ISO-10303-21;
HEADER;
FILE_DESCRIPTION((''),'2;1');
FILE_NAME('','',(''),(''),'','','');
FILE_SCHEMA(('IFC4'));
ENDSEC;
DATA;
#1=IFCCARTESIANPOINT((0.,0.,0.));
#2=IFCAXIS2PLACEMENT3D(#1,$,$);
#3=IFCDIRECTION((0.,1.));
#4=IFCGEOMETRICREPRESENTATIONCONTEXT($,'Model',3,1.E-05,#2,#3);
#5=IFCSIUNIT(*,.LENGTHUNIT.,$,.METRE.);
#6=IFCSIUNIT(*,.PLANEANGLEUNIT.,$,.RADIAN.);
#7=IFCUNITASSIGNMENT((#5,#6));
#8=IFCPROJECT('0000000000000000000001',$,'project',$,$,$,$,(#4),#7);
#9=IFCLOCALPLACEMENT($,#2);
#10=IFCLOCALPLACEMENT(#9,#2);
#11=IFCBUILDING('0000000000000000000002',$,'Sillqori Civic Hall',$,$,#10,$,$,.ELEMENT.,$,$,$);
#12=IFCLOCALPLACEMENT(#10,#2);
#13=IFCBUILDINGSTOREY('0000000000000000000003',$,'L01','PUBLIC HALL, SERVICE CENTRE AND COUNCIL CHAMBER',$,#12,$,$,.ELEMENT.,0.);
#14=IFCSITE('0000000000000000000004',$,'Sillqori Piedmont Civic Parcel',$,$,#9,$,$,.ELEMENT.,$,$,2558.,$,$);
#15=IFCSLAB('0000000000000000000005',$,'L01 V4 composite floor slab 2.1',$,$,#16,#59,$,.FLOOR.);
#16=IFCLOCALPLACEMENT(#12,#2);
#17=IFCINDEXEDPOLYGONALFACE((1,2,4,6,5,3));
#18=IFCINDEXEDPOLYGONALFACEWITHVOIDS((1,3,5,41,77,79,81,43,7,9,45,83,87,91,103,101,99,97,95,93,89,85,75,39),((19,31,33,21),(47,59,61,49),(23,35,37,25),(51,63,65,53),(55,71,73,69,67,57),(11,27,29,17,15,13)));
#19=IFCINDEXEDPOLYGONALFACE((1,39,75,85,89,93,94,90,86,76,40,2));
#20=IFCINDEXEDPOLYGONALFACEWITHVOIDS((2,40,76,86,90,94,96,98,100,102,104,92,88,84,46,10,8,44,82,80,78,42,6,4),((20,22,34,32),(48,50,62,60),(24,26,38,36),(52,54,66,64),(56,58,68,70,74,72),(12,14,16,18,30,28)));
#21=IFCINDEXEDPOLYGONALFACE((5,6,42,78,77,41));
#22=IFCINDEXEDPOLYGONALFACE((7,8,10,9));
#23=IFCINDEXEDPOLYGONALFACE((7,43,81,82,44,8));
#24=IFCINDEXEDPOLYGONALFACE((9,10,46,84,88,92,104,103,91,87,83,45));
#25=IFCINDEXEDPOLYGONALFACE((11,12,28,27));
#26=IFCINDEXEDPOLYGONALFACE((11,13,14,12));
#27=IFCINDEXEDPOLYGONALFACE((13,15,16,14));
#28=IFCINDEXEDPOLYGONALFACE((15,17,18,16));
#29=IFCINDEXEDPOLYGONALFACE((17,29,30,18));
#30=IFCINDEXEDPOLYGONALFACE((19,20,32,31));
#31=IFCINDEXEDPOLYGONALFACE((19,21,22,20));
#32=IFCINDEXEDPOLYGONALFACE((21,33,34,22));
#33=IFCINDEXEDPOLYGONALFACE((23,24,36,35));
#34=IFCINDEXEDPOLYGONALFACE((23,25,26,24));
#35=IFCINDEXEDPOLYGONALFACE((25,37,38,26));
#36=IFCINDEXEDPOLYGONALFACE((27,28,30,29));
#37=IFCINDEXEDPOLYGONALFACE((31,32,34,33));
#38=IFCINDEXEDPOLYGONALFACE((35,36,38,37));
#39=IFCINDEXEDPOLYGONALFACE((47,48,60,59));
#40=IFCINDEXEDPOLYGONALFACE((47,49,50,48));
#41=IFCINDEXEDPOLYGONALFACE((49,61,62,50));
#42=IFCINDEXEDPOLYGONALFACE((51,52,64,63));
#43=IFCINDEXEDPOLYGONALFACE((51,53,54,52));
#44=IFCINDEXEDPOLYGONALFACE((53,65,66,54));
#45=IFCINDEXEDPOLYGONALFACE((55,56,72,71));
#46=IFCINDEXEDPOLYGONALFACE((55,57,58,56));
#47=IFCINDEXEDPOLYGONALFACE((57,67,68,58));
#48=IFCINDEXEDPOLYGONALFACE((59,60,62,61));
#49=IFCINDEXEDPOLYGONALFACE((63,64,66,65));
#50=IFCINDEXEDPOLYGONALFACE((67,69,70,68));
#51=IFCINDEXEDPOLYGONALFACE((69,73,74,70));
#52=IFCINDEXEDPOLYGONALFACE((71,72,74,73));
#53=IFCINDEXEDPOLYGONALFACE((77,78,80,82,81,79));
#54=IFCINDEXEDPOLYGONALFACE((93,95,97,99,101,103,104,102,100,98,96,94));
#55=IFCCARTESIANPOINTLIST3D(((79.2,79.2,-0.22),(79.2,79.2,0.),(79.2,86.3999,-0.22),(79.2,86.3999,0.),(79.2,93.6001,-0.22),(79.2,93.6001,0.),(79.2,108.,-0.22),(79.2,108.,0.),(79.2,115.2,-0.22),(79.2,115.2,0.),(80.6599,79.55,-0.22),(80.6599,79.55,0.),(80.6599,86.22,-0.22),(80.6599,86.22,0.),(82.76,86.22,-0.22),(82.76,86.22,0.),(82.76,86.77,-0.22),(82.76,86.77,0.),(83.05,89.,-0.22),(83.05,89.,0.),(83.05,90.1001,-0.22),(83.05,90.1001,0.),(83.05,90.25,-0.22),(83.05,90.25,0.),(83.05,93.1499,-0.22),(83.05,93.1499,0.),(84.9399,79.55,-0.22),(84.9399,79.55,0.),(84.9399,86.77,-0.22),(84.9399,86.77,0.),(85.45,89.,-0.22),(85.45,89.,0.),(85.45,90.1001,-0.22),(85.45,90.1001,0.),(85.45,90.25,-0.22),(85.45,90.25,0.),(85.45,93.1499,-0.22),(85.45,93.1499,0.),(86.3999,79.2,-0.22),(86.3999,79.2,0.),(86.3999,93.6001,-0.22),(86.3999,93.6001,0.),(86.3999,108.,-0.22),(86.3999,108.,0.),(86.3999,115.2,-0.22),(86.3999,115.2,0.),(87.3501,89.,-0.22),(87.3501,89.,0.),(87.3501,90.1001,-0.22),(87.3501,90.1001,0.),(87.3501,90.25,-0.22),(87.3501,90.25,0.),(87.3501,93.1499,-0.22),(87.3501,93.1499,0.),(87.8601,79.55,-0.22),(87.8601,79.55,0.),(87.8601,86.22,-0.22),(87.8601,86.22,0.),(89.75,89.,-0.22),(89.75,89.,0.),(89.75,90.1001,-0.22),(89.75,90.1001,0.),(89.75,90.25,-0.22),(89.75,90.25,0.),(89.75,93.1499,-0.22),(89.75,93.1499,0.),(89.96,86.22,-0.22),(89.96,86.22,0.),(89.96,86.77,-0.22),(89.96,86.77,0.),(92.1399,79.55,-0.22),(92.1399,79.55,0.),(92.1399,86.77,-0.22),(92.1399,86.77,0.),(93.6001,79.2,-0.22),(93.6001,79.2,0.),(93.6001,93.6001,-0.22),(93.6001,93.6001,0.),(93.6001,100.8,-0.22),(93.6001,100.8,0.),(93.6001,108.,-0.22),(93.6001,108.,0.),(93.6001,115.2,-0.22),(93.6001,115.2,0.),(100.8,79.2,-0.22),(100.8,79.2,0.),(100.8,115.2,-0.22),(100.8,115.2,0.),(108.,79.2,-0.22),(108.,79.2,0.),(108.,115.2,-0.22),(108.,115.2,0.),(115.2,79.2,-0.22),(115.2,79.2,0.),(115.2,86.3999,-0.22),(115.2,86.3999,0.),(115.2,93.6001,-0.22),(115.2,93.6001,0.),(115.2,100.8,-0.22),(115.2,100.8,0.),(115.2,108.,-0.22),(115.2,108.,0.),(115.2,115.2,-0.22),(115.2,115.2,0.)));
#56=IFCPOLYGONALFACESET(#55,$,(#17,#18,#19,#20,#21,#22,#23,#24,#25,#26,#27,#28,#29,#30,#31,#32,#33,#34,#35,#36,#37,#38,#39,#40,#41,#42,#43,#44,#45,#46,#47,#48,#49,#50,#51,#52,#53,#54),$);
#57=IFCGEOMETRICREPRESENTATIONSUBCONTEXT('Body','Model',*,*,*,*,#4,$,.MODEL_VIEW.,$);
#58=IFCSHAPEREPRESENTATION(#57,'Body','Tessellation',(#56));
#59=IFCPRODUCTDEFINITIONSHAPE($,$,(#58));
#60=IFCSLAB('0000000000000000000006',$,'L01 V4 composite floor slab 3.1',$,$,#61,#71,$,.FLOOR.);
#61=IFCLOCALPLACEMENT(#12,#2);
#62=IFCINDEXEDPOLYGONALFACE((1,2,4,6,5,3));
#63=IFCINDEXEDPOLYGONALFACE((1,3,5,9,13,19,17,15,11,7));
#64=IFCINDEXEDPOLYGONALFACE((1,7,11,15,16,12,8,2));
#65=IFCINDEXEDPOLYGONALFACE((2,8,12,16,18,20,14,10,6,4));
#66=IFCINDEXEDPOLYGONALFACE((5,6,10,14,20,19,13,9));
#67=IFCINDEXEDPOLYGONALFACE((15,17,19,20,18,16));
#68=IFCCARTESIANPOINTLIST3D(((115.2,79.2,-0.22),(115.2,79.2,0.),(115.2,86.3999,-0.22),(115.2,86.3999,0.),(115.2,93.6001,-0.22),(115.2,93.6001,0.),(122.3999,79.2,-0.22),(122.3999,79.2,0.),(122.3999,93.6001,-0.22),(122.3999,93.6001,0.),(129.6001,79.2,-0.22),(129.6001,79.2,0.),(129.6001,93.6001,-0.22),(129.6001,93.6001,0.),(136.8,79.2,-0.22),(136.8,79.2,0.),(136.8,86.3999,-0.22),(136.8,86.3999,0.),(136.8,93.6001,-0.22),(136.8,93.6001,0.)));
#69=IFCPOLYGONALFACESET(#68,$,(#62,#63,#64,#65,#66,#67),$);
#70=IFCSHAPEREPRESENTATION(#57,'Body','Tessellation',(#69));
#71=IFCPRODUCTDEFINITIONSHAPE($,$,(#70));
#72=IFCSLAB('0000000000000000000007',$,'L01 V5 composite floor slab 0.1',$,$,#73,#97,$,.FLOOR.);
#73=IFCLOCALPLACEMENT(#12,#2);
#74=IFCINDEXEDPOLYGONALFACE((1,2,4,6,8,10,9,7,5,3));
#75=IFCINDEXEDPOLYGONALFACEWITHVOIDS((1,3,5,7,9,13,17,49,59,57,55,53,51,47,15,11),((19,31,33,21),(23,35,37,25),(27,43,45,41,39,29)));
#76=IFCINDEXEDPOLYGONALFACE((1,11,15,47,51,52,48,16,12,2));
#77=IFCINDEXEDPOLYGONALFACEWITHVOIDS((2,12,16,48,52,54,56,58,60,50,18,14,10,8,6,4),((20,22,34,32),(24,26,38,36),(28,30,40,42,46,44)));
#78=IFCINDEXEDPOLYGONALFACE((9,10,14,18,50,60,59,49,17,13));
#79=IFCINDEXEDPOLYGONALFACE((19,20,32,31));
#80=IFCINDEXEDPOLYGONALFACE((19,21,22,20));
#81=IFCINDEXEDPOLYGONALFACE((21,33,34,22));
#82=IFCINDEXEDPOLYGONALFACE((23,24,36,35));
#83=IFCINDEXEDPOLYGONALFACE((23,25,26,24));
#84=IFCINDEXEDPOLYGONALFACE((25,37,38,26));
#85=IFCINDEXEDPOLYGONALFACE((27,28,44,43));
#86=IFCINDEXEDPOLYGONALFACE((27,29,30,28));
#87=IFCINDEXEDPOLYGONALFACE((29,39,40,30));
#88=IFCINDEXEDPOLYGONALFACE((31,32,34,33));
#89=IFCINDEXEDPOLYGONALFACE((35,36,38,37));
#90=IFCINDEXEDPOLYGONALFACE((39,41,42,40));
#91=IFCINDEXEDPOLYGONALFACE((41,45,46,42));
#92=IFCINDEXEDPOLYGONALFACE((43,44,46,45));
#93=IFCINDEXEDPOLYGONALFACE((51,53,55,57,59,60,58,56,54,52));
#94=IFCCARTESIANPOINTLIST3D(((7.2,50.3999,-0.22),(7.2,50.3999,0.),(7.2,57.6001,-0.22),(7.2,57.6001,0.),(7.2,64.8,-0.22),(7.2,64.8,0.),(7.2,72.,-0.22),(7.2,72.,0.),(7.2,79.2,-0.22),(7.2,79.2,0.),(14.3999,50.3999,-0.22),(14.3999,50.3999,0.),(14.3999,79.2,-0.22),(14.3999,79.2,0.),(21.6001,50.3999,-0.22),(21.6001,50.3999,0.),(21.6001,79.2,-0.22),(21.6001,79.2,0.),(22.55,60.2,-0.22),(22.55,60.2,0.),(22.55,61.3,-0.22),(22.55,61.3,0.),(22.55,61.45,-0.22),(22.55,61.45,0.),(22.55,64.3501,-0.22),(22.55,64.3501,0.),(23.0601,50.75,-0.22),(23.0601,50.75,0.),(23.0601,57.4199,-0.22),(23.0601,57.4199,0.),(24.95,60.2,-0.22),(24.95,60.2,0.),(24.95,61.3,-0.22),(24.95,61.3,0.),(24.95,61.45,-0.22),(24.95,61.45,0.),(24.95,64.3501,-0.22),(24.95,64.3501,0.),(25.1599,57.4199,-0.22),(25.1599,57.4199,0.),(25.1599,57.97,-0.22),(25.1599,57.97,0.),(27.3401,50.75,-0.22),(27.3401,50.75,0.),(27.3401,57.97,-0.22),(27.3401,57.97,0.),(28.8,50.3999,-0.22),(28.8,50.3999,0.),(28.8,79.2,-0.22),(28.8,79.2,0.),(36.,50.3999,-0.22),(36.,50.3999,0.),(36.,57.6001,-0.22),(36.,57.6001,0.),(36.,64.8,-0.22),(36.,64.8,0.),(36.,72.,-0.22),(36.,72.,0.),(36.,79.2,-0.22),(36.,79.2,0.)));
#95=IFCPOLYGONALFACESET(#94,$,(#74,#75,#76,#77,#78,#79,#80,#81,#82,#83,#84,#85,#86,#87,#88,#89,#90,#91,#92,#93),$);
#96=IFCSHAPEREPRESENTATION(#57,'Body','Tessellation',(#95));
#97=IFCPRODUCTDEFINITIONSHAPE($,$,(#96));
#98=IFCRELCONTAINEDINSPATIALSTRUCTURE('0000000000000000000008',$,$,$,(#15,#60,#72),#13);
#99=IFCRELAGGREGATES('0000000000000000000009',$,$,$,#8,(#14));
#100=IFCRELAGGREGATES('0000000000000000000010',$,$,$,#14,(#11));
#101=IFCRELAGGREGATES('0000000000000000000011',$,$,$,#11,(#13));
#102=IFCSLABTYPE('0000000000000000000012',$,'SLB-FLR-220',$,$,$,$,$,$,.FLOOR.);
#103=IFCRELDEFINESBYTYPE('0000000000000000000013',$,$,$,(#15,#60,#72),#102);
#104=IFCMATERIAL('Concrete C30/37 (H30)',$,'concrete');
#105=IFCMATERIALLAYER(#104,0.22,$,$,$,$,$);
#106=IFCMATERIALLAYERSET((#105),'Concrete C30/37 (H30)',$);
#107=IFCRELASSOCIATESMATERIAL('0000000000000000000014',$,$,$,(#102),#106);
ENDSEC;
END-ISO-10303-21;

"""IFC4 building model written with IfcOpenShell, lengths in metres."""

from ifc_helpers import new_model, si_unit, direction, frame, origin, place, context, subcontext, project, spatial, polyline, outline, extrude, material, layer, layer_set, type_object, element, save


model = new_model("IFC4")

# Units and contexts
model_context = context("Model", 3, precision=1e-05, world=origin(), true_north=direction((0.0, 1.0)))
body_context = subcontext(model_context, "Body", "Model", "MODEL_VIEW")
ifc_project = project(units=[si_unit("LENGTHUNIT", "METRE"), si_unit("PLANEANGLEUNIT", "RADIAN")], contexts=[model_context])

# Site, building, storey
site_placement = place(None, origin())
site = spatial("IfcSite", under=ifc_project, at=site_placement, Name="Sillqori Piedmont Civic Parcel", CompositionType="ELEMENT", RefElevation=2558.0)
building_placement = place(site_placement, origin())
building = spatial("IfcBuilding", under=site, at=building_placement, Name="Sillqori Civic Hall", CompositionType="ELEMENT")
storey_placement = place(building_placement, origin())
storey = spatial("IfcBuildingStorey", under=building, at=storey_placement, Name="L01", Description="PUBLIC HALL, SERVICE CENTRE AND COUNCIL CHAMBER", CompositionType="ELEMENT", Elevation=0.0)

# Slabs
ifc_material_1 = material(Name="Concrete C30/37 (H30)", Category="concrete")
ifc_layer_1 = layer(ifc_material_1, 0.22)
ifc_layer_set_1 = layer_set([ifc_layer_1], Name="Concrete C30/37 (H30)")
slab_type_1 = type_object("IfcSlabType", Name="SLB-FLR-220", PredefinedType="FLOOR", material=ifc_layer_set_1)
slab_1_placement = place(storey_placement, frame((0.0, 0.0, -0.22)))
element("IfcSlab", 1, at=slab_1_placement, inside=storey, type_object=slab_type_1, Name="L01 V4 composite floor slab 2.1", PredefinedType="FLOOR", context=body_context, shape_type="SweptSolid", body=[
    extrude(outline(polyline([(93.6001, 93.6001), (93.6001, 100.8), (93.6001, 108.0), (86.3999, 108.0), (79.2, 108.0), (79.2, 115.2), (86.3999, 115.2), (93.6001, 115.2), (100.8, 115.2), (108.0, 115.2), (115.2, 115.2), (115.2, 108.0), (115.2, 100.8), (115.2, 93.6001), (115.2, 86.3999), (115.2, 79.2), (108.0, 79.2), (100.8, 79.2), (93.6001, 79.2), (86.3999, 79.2), (79.2, 79.2), (79.2, 86.3999), (79.2, 93.6001), (86.3999, 93.6001), (93.6001, 93.6001)]), holes=[polyline([(82.76, 86.22), (80.6599, 86.22), (80.6599, 79.55), (84.9399, 79.55), (84.9399, 86.77), (82.76, 86.77), (82.76, 86.22)]), polyline([(89.96, 86.22), (87.8601, 86.22), (87.8601, 79.55), (92.1399, 79.55), (92.1399, 86.77), (89.96, 86.77), (89.96, 86.22)]), polyline([(85.45, 89.0), (85.45, 90.1001), (83.05, 90.1001), (83.05, 89.0), (85.45, 89.0)]), polyline([(89.75, 89.0), (89.75, 90.1001), (87.3501, 90.1001), (87.3501, 89.0), (89.75, 89.0)]), polyline([(85.45, 90.25), (85.45, 93.1499), (83.05, 93.1499), (83.05, 90.25), (85.45, 90.25)]), polyline([(89.75, 90.25), (89.75, 93.1499), (87.3501, 93.1499), (87.3501, 90.25), (89.75, 90.25)])]), origin(), (0.0, 0.0, 1.0), 0.22),
])
slab_2_placement = place(storey_placement, frame((0.0, 0.0, -0.22)))
element("IfcSlab", 2, at=slab_2_placement, inside=storey, type_object=slab_type_1, Name="L01 V4 composite floor slab 3.1", PredefinedType="FLOOR", context=body_context, shape_type="SweptSolid", body=[
    extrude(outline(polyline([(115.2, 93.6001), (122.3999, 93.6001), (129.6001, 93.6001), (136.8, 93.6001), (136.8, 86.3999), (136.8, 79.2), (129.6001, 79.2), (122.3999, 79.2), (115.2, 79.2), (115.2, 86.3999), (115.2, 93.6001)])), origin(), (0.0, 0.0, 1.0), 0.22),
])
slab_3_placement = place(storey_placement, frame((0.0, 0.0, -0.22)))
element("IfcSlab", 3, at=slab_3_placement, inside=storey, type_object=slab_type_1, Name="L01 V5 composite floor slab 0.1", PredefinedType="FLOOR", context=body_context, shape_type="SweptSolid", body=[
    extrude(outline(polyline([(7.2, 79.2), (14.3999, 79.2), (21.6001, 79.2), (28.8, 79.2), (36.0, 79.2), (36.0, 72.0), (36.0, 64.8), (36.0, 57.6001), (36.0, 50.3999), (28.8, 50.3999), (21.6001, 50.3999), (14.3999, 50.3999), (7.2, 50.3999), (7.2, 57.6001), (7.2, 64.8), (7.2, 72.0), (7.2, 79.2)]), holes=[polyline([(23.0601, 57.4199), (23.0601, 50.75), (27.3401, 50.75), (27.3401, 57.97), (25.1599, 57.97), (25.1599, 57.4199), (23.0601, 57.4199)]), polyline([(24.95, 60.2), (24.95, 61.3), (22.55, 61.3), (22.55, 60.2), (24.95, 60.2)]), polyline([(24.95, 61.45), (24.95, 64.3501), (22.55, 64.3501), (22.55, 61.45), (24.95, 61.45)])]), origin(), (0.0, 0.0, 1.0), 0.22),
])

save(model, "model.ifc")
